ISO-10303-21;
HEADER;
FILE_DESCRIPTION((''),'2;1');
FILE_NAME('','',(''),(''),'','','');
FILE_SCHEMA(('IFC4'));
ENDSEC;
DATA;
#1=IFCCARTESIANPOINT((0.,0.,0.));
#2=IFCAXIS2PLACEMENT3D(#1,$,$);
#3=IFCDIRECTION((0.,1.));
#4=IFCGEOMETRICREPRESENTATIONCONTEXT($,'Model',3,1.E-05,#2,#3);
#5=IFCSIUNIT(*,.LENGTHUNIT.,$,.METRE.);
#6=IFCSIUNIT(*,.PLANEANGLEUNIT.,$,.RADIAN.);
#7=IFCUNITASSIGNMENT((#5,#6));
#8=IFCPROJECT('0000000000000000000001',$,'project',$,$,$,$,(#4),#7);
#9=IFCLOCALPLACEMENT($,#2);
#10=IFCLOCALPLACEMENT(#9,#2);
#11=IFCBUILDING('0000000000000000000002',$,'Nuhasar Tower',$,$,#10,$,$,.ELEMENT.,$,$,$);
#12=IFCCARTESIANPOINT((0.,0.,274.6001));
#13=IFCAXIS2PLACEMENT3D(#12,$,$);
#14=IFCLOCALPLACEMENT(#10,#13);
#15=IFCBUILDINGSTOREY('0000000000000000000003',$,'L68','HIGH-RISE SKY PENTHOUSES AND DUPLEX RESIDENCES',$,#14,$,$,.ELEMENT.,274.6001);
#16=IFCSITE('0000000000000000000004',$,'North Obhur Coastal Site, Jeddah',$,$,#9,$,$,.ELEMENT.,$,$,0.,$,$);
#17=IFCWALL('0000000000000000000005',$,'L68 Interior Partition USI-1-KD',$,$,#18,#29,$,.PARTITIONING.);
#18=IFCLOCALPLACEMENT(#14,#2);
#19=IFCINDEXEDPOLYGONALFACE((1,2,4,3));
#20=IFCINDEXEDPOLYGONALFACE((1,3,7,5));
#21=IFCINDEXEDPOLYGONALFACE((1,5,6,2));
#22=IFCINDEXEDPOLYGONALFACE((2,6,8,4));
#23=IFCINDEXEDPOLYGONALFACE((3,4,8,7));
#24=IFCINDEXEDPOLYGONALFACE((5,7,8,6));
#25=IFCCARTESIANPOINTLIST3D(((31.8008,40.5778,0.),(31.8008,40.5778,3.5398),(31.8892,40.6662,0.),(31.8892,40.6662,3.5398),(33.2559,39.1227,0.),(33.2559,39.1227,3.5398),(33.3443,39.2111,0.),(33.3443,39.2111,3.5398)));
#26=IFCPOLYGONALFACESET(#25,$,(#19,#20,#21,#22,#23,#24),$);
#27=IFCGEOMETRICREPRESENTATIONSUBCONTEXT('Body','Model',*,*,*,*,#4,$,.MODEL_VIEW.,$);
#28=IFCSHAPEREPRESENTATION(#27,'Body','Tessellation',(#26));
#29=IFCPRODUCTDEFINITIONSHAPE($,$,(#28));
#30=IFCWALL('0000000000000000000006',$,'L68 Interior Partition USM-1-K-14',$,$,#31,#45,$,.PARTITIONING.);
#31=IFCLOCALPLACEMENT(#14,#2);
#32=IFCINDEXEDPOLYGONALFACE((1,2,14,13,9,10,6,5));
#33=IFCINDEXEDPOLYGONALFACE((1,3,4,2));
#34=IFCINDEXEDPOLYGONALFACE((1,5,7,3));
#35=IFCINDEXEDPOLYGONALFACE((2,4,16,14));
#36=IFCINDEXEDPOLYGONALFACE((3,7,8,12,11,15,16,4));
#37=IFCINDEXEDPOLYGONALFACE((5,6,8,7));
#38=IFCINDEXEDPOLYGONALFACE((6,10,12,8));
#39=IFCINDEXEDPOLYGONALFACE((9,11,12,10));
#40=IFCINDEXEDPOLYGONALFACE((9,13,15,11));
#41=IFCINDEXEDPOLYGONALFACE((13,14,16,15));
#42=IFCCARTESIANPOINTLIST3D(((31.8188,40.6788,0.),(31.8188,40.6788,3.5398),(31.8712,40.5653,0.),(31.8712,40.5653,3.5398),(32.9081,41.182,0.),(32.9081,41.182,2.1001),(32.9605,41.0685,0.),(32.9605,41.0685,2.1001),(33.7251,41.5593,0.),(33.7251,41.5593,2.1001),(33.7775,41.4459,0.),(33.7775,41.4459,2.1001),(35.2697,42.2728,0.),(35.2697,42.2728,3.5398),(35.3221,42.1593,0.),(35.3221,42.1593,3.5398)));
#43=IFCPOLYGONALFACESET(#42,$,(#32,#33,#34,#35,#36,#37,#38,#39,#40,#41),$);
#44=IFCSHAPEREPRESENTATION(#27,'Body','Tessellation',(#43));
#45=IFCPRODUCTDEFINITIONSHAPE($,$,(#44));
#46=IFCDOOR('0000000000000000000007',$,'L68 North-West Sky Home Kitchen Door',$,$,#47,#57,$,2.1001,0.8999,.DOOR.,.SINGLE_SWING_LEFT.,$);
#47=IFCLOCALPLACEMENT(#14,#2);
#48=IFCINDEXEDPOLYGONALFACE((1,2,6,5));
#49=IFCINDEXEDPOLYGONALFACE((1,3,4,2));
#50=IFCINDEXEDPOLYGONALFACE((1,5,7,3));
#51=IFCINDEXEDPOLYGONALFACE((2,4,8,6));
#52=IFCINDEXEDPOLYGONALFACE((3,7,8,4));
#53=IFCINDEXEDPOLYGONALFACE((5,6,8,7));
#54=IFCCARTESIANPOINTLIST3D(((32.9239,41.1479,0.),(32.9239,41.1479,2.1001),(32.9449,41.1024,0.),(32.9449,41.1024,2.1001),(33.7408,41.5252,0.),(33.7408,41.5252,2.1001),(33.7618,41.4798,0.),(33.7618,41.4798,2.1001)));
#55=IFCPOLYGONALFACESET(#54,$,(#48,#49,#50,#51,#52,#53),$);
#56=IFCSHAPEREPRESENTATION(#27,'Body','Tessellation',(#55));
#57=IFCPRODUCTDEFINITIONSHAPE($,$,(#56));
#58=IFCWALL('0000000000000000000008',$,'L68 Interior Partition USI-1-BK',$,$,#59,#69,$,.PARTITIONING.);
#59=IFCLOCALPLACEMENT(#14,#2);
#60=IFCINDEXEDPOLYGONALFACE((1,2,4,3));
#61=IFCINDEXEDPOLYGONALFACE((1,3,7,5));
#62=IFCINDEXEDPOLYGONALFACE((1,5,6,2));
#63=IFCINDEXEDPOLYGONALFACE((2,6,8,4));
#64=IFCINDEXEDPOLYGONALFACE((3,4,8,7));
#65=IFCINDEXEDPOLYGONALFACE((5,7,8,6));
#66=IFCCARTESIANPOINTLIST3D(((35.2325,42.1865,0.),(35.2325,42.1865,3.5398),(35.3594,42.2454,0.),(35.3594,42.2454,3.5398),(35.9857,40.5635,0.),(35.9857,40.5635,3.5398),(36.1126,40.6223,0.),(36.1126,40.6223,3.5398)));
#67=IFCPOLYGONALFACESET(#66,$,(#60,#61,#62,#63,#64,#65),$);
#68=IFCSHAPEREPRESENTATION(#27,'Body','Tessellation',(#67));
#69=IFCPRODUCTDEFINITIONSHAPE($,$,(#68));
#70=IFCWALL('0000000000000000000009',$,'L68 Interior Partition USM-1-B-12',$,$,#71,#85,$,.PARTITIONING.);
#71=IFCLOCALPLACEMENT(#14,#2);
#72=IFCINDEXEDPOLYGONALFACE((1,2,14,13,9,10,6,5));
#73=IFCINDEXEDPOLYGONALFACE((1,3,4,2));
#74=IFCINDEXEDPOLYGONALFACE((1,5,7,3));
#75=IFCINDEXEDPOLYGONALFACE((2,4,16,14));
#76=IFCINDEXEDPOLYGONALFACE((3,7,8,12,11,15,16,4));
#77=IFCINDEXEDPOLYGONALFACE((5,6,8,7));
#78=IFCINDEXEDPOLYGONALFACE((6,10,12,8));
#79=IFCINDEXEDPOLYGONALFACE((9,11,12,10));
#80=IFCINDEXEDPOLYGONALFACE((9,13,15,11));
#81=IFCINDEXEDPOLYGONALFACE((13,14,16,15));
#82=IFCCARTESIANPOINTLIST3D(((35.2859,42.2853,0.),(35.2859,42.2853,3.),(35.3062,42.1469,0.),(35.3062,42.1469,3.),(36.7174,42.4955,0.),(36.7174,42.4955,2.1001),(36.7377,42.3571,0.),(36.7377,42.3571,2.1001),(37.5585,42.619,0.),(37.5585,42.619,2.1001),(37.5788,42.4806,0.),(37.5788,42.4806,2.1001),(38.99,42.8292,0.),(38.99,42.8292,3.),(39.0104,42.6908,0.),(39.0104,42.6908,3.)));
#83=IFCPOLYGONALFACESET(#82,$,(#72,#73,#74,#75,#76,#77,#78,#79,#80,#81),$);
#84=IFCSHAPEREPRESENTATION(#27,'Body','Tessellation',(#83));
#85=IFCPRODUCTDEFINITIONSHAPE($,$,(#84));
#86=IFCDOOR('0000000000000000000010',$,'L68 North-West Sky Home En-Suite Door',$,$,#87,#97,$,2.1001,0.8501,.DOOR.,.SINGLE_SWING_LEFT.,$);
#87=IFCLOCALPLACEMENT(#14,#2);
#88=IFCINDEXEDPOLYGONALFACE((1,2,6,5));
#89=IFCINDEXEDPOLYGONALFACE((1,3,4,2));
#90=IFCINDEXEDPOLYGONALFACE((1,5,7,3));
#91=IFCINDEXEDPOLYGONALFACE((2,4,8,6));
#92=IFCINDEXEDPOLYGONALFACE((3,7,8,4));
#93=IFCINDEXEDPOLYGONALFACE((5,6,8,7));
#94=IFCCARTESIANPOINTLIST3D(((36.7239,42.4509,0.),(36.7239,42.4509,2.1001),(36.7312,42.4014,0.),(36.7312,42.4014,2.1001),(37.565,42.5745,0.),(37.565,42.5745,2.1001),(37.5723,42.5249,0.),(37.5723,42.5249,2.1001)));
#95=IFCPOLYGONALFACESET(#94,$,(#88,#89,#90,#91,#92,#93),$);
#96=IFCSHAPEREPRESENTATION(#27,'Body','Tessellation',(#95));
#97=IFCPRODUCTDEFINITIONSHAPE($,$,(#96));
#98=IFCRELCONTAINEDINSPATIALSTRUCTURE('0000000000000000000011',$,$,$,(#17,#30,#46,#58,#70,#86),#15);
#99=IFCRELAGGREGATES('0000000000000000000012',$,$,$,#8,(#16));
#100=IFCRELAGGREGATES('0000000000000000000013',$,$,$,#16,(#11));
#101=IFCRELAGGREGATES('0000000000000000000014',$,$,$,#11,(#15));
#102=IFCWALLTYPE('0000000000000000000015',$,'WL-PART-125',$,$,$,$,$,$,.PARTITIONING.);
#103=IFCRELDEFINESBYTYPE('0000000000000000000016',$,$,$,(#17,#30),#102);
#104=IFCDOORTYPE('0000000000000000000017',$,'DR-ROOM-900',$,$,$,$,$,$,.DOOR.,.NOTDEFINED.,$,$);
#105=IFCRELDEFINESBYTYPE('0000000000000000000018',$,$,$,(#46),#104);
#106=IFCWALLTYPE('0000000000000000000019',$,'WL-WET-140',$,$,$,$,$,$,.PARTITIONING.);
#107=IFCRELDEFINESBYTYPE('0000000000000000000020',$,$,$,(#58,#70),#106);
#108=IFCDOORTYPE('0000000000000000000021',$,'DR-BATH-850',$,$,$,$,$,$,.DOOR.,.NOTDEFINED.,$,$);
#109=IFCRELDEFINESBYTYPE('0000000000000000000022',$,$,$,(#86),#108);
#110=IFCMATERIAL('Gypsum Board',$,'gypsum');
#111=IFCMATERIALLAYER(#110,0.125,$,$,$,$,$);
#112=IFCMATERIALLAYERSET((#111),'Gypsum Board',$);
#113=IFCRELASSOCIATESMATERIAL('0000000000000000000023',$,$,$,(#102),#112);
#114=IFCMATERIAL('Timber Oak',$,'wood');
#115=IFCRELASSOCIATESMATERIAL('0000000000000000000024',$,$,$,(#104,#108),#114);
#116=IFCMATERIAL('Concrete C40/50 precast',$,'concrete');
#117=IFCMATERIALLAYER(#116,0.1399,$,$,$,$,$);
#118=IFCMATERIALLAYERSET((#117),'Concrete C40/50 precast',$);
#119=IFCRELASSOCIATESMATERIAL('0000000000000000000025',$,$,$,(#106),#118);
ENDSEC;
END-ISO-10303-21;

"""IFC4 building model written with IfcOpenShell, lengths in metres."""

from ifc_helpers import new_model, si_unit, direction, frame, frame_2d, origin, place, context, subcontext, project, spatial, rectangle, extrude, material, layer, layer_set, type_object, element, fill, save


model = new_model("IFC4")

# Units and contexts
model_context = context("Model", 3, precision=1e-05, world=origin(), true_north=direction((0.0, 1.0)))
body_context = subcontext(model_context, "Body", "Model", "MODEL_VIEW")
ifc_project = project(units=[si_unit("LENGTHUNIT", "METRE"), si_unit("PLANEANGLEUNIT", "RADIAN")], contexts=[model_context])

# Site, building, storey
site_placement = place(None, origin())
site = spatial("IfcSite", under=ifc_project, at=site_placement, Name="North Obhur Coastal Site, Jeddah", CompositionType="ELEMENT", RefElevation=0.0)
building_placement = place(site_placement, origin())
building = spatial("IfcBuilding", under=site, at=building_placement, Name="Nuhasar Tower", CompositionType="ELEMENT")
storey_placement = place(building_placement, frame((0.0, 0.0, 274.6001)))
storey = spatial("IfcBuildingStorey", under=building, at=storey_placement, Name="L68", Description="HIGH-RISE SKY PENTHOUSES AND DUPLEX RESIDENCES", CompositionType="ELEMENT", Elevation=274.6001)

# Shared definitions
ifc_material_1 = material(Name="Gypsum Board", Category="gypsum")

# Wall
ifc_layer_1 = layer(ifc_material_1, 0.125)
ifc_layer_set_1 = layer_set([ifc_layer_1], Name="Gypsum Board")
wall_type_1 = type_object("IfcWallType", Name="WL-PART-125", PredefinedType="PARTITIONING", material=ifc_layer_set_1)
wall_1_placement = place(storey_placement, frame((33.3, 39.167, 0.0), z_axis=(0.0, 0.0, 1.0), x_axis=(-0.707107, 0.707107, 0.0)))
element("IfcWall", 1, at=wall_1_placement, inside=storey, type_object=wall_type_1, Name="L68 Interior Partition USI-1-KD", PredefinedType="PARTITIONING", context=body_context, shape_type="SweptSolid", body=[
    extrude(rectangle(XDim=2.0579, YDim=0.125, at=frame_2d((1.0288, 0.0))), origin(), (0.0, 0.0, 1.0), 3.5398),
])

# Wall, opening, door
wall_2_placement = place(storey_placement, frame((31.845, 40.6221, 0.0), z_axis=(0.0, 0.0, 1.0), x_axis=(0.907833, 0.419331, 0.0)))
wall_2 = element("IfcWall", 2, at=wall_2_placement, inside=storey, type_object=wall_type_1, Name="L68 Interior Partition USM-1-K-14", PredefinedType="PARTITIONING", context=body_context, shape_type="SweptSolid", body=[
    extrude(rectangle(XDim=3.8013, YDim=0.125, at=frame_2d((1.9006, 0.0))), origin(), (0.0, 0.0, 1.0), 3.5398),
])
opening_1_placement = place(wall_2_placement, frame((1.2, 0.0, 0.0)))
opening_1 = element("IfcOpeningElement", 3, at=opening_1_placement, cuts=wall_2, PredefinedType="OPENING", context=body_context, shape_type="SweptSolid", body=[
    extrude(rectangle(XDim=0.8999, YDim=2.1001, at=frame_2d((0.45, 1.05))), frame((0.0, 0.0725, 0.0), z_axis=(0.0, -1.0, 0.0), x_axis=(1.0, 0.0, 0.0)), (0.0, 0.0, 1.0), 0.145),
])
ifc_material_2 = material(Name="Timber Oak", Category="wood")
door_type_1 = type_object("IfcDoorType", Name="DR-ROOM-900", OperationType="NOTDEFINED", PredefinedType="DOOR", material=ifc_material_2)
door_1_placement = place(opening_1_placement, origin())
door_1 = element("IfcDoor", 4, at=door_1_placement, inside=storey, type_object=door_type_1, Name="L68 North-West Sky Home Kitchen Door", OperationType="SINGLE_SWING_LEFT", OverallHeight=2.1001, OverallWidth=0.8999, PredefinedType="DOOR", context=body_context, shape_type="SweptSolid", body=[
    extrude(rectangle(XDim=0.8999, YDim=2.1001, at=frame_2d((0.45, 1.05))), frame((0.0, 0.0249, 0.0), z_axis=(0.0, -1.0, 0.0), x_axis=(1.0, 0.0, 0.0)), (0.0, 0.0, 1.0), 0.05),
])
fill(opening_1, door_1)

# Wall
ifc_material_3 = material(Name="Concrete C40/50 precast", Category="concrete")
ifc_layer_2 = layer(ifc_material_3, 0.1399)
ifc_layer_set_2 = layer_set([ifc_layer_2], Name="Concrete C40/50 precast")
wall_type_2 = type_object("IfcWallType", Name="WL-WET-140", PredefinedType="PARTITIONING", material=ifc_layer_set_2)
wall_3_placement = place(storey_placement, frame((36.0491, 40.593, 0.0), z_axis=(0.0, 0.0, 1.0), x_axis=(-0.420935, 0.907091, 0.0)))
element("IfcWall", 5, at=wall_3_placement, inside=storey, type_object=wall_type_2, Name="L68 Interior Partition USI-1-BK", PredefinedType="PARTITIONING", context=body_context, shape_type="SweptSolid", body=[
    extrude(rectangle(XDim=1.7893, YDim=0.1399, at=frame_2d((0.8945, 0.0))), origin(), (0.0, 0.0, 1.0), 3.5398),
])

# Wall, opening, door
wall_4_placement = place(storey_placement, frame((35.2959, 42.2161, 0.0), z_axis=(0.0, 0.0, 1.0), x_axis=(0.989389, 0.145291, 0.0)))
wall_4 = element("IfcWall", 6, at=wall_4_placement, inside=storey, type_object=wall_type_2, Name="L68 Interior Partition USM-1-B-12", PredefinedType="PARTITIONING", context=body_context, shape_type="SweptSolid", body=[
    extrude(rectangle(XDim=3.7439, YDim=0.1399, at=frame_2d((1.8721, 0.0))), origin(), (0.0, 0.0, 1.0), 3.0),
])
opening_2_placement = place(wall_4_placement, frame((1.447, 0.0, 0.0)))
opening_2 = element("IfcOpeningElement", 7, at=opening_2_placement, cuts=wall_4, PredefinedType="OPENING", context=body_context, shape_type="SweptSolid", body=[
    extrude(rectangle(XDim=0.8501, YDim=2.1001, at=frame_2d((0.425, 1.05))), frame((0.0, 0.0801, 0.0), z_axis=(0.0, -1.0, 0.0), x_axis=(1.0, 0.0, 0.0)), (0.0, 0.0, 1.0), 0.1599),
])
door_type_2 = type_object("IfcDoorType", Name="DR-BATH-850", OperationType="NOTDEFINED", PredefinedType="DOOR", material=ifc_material_2)
door_2_placement = place(opening_2_placement, origin())
door_2 = element("IfcDoor", 8, at=door_2_placement, inside=storey, type_object=door_type_2, Name="L68 North-West Sky Home En-Suite Door", OperationType="SINGLE_SWING_LEFT", OverallHeight=2.1001, OverallWidth=0.8501, PredefinedType="DOOR", context=body_context, shape_type="SweptSolid", body=[
    extrude(rectangle(XDim=0.8501, YDim=2.1001, at=frame_2d((0.425, 1.05))), frame((0.0, 0.0249, 0.0), z_axis=(0.0, -1.0, 0.0), x_axis=(1.0, 0.0, 0.0)), (0.0, 0.0, 1.0), 0.05),
])
fill(opening_2, door_2)

save(model, "model.ifc")
